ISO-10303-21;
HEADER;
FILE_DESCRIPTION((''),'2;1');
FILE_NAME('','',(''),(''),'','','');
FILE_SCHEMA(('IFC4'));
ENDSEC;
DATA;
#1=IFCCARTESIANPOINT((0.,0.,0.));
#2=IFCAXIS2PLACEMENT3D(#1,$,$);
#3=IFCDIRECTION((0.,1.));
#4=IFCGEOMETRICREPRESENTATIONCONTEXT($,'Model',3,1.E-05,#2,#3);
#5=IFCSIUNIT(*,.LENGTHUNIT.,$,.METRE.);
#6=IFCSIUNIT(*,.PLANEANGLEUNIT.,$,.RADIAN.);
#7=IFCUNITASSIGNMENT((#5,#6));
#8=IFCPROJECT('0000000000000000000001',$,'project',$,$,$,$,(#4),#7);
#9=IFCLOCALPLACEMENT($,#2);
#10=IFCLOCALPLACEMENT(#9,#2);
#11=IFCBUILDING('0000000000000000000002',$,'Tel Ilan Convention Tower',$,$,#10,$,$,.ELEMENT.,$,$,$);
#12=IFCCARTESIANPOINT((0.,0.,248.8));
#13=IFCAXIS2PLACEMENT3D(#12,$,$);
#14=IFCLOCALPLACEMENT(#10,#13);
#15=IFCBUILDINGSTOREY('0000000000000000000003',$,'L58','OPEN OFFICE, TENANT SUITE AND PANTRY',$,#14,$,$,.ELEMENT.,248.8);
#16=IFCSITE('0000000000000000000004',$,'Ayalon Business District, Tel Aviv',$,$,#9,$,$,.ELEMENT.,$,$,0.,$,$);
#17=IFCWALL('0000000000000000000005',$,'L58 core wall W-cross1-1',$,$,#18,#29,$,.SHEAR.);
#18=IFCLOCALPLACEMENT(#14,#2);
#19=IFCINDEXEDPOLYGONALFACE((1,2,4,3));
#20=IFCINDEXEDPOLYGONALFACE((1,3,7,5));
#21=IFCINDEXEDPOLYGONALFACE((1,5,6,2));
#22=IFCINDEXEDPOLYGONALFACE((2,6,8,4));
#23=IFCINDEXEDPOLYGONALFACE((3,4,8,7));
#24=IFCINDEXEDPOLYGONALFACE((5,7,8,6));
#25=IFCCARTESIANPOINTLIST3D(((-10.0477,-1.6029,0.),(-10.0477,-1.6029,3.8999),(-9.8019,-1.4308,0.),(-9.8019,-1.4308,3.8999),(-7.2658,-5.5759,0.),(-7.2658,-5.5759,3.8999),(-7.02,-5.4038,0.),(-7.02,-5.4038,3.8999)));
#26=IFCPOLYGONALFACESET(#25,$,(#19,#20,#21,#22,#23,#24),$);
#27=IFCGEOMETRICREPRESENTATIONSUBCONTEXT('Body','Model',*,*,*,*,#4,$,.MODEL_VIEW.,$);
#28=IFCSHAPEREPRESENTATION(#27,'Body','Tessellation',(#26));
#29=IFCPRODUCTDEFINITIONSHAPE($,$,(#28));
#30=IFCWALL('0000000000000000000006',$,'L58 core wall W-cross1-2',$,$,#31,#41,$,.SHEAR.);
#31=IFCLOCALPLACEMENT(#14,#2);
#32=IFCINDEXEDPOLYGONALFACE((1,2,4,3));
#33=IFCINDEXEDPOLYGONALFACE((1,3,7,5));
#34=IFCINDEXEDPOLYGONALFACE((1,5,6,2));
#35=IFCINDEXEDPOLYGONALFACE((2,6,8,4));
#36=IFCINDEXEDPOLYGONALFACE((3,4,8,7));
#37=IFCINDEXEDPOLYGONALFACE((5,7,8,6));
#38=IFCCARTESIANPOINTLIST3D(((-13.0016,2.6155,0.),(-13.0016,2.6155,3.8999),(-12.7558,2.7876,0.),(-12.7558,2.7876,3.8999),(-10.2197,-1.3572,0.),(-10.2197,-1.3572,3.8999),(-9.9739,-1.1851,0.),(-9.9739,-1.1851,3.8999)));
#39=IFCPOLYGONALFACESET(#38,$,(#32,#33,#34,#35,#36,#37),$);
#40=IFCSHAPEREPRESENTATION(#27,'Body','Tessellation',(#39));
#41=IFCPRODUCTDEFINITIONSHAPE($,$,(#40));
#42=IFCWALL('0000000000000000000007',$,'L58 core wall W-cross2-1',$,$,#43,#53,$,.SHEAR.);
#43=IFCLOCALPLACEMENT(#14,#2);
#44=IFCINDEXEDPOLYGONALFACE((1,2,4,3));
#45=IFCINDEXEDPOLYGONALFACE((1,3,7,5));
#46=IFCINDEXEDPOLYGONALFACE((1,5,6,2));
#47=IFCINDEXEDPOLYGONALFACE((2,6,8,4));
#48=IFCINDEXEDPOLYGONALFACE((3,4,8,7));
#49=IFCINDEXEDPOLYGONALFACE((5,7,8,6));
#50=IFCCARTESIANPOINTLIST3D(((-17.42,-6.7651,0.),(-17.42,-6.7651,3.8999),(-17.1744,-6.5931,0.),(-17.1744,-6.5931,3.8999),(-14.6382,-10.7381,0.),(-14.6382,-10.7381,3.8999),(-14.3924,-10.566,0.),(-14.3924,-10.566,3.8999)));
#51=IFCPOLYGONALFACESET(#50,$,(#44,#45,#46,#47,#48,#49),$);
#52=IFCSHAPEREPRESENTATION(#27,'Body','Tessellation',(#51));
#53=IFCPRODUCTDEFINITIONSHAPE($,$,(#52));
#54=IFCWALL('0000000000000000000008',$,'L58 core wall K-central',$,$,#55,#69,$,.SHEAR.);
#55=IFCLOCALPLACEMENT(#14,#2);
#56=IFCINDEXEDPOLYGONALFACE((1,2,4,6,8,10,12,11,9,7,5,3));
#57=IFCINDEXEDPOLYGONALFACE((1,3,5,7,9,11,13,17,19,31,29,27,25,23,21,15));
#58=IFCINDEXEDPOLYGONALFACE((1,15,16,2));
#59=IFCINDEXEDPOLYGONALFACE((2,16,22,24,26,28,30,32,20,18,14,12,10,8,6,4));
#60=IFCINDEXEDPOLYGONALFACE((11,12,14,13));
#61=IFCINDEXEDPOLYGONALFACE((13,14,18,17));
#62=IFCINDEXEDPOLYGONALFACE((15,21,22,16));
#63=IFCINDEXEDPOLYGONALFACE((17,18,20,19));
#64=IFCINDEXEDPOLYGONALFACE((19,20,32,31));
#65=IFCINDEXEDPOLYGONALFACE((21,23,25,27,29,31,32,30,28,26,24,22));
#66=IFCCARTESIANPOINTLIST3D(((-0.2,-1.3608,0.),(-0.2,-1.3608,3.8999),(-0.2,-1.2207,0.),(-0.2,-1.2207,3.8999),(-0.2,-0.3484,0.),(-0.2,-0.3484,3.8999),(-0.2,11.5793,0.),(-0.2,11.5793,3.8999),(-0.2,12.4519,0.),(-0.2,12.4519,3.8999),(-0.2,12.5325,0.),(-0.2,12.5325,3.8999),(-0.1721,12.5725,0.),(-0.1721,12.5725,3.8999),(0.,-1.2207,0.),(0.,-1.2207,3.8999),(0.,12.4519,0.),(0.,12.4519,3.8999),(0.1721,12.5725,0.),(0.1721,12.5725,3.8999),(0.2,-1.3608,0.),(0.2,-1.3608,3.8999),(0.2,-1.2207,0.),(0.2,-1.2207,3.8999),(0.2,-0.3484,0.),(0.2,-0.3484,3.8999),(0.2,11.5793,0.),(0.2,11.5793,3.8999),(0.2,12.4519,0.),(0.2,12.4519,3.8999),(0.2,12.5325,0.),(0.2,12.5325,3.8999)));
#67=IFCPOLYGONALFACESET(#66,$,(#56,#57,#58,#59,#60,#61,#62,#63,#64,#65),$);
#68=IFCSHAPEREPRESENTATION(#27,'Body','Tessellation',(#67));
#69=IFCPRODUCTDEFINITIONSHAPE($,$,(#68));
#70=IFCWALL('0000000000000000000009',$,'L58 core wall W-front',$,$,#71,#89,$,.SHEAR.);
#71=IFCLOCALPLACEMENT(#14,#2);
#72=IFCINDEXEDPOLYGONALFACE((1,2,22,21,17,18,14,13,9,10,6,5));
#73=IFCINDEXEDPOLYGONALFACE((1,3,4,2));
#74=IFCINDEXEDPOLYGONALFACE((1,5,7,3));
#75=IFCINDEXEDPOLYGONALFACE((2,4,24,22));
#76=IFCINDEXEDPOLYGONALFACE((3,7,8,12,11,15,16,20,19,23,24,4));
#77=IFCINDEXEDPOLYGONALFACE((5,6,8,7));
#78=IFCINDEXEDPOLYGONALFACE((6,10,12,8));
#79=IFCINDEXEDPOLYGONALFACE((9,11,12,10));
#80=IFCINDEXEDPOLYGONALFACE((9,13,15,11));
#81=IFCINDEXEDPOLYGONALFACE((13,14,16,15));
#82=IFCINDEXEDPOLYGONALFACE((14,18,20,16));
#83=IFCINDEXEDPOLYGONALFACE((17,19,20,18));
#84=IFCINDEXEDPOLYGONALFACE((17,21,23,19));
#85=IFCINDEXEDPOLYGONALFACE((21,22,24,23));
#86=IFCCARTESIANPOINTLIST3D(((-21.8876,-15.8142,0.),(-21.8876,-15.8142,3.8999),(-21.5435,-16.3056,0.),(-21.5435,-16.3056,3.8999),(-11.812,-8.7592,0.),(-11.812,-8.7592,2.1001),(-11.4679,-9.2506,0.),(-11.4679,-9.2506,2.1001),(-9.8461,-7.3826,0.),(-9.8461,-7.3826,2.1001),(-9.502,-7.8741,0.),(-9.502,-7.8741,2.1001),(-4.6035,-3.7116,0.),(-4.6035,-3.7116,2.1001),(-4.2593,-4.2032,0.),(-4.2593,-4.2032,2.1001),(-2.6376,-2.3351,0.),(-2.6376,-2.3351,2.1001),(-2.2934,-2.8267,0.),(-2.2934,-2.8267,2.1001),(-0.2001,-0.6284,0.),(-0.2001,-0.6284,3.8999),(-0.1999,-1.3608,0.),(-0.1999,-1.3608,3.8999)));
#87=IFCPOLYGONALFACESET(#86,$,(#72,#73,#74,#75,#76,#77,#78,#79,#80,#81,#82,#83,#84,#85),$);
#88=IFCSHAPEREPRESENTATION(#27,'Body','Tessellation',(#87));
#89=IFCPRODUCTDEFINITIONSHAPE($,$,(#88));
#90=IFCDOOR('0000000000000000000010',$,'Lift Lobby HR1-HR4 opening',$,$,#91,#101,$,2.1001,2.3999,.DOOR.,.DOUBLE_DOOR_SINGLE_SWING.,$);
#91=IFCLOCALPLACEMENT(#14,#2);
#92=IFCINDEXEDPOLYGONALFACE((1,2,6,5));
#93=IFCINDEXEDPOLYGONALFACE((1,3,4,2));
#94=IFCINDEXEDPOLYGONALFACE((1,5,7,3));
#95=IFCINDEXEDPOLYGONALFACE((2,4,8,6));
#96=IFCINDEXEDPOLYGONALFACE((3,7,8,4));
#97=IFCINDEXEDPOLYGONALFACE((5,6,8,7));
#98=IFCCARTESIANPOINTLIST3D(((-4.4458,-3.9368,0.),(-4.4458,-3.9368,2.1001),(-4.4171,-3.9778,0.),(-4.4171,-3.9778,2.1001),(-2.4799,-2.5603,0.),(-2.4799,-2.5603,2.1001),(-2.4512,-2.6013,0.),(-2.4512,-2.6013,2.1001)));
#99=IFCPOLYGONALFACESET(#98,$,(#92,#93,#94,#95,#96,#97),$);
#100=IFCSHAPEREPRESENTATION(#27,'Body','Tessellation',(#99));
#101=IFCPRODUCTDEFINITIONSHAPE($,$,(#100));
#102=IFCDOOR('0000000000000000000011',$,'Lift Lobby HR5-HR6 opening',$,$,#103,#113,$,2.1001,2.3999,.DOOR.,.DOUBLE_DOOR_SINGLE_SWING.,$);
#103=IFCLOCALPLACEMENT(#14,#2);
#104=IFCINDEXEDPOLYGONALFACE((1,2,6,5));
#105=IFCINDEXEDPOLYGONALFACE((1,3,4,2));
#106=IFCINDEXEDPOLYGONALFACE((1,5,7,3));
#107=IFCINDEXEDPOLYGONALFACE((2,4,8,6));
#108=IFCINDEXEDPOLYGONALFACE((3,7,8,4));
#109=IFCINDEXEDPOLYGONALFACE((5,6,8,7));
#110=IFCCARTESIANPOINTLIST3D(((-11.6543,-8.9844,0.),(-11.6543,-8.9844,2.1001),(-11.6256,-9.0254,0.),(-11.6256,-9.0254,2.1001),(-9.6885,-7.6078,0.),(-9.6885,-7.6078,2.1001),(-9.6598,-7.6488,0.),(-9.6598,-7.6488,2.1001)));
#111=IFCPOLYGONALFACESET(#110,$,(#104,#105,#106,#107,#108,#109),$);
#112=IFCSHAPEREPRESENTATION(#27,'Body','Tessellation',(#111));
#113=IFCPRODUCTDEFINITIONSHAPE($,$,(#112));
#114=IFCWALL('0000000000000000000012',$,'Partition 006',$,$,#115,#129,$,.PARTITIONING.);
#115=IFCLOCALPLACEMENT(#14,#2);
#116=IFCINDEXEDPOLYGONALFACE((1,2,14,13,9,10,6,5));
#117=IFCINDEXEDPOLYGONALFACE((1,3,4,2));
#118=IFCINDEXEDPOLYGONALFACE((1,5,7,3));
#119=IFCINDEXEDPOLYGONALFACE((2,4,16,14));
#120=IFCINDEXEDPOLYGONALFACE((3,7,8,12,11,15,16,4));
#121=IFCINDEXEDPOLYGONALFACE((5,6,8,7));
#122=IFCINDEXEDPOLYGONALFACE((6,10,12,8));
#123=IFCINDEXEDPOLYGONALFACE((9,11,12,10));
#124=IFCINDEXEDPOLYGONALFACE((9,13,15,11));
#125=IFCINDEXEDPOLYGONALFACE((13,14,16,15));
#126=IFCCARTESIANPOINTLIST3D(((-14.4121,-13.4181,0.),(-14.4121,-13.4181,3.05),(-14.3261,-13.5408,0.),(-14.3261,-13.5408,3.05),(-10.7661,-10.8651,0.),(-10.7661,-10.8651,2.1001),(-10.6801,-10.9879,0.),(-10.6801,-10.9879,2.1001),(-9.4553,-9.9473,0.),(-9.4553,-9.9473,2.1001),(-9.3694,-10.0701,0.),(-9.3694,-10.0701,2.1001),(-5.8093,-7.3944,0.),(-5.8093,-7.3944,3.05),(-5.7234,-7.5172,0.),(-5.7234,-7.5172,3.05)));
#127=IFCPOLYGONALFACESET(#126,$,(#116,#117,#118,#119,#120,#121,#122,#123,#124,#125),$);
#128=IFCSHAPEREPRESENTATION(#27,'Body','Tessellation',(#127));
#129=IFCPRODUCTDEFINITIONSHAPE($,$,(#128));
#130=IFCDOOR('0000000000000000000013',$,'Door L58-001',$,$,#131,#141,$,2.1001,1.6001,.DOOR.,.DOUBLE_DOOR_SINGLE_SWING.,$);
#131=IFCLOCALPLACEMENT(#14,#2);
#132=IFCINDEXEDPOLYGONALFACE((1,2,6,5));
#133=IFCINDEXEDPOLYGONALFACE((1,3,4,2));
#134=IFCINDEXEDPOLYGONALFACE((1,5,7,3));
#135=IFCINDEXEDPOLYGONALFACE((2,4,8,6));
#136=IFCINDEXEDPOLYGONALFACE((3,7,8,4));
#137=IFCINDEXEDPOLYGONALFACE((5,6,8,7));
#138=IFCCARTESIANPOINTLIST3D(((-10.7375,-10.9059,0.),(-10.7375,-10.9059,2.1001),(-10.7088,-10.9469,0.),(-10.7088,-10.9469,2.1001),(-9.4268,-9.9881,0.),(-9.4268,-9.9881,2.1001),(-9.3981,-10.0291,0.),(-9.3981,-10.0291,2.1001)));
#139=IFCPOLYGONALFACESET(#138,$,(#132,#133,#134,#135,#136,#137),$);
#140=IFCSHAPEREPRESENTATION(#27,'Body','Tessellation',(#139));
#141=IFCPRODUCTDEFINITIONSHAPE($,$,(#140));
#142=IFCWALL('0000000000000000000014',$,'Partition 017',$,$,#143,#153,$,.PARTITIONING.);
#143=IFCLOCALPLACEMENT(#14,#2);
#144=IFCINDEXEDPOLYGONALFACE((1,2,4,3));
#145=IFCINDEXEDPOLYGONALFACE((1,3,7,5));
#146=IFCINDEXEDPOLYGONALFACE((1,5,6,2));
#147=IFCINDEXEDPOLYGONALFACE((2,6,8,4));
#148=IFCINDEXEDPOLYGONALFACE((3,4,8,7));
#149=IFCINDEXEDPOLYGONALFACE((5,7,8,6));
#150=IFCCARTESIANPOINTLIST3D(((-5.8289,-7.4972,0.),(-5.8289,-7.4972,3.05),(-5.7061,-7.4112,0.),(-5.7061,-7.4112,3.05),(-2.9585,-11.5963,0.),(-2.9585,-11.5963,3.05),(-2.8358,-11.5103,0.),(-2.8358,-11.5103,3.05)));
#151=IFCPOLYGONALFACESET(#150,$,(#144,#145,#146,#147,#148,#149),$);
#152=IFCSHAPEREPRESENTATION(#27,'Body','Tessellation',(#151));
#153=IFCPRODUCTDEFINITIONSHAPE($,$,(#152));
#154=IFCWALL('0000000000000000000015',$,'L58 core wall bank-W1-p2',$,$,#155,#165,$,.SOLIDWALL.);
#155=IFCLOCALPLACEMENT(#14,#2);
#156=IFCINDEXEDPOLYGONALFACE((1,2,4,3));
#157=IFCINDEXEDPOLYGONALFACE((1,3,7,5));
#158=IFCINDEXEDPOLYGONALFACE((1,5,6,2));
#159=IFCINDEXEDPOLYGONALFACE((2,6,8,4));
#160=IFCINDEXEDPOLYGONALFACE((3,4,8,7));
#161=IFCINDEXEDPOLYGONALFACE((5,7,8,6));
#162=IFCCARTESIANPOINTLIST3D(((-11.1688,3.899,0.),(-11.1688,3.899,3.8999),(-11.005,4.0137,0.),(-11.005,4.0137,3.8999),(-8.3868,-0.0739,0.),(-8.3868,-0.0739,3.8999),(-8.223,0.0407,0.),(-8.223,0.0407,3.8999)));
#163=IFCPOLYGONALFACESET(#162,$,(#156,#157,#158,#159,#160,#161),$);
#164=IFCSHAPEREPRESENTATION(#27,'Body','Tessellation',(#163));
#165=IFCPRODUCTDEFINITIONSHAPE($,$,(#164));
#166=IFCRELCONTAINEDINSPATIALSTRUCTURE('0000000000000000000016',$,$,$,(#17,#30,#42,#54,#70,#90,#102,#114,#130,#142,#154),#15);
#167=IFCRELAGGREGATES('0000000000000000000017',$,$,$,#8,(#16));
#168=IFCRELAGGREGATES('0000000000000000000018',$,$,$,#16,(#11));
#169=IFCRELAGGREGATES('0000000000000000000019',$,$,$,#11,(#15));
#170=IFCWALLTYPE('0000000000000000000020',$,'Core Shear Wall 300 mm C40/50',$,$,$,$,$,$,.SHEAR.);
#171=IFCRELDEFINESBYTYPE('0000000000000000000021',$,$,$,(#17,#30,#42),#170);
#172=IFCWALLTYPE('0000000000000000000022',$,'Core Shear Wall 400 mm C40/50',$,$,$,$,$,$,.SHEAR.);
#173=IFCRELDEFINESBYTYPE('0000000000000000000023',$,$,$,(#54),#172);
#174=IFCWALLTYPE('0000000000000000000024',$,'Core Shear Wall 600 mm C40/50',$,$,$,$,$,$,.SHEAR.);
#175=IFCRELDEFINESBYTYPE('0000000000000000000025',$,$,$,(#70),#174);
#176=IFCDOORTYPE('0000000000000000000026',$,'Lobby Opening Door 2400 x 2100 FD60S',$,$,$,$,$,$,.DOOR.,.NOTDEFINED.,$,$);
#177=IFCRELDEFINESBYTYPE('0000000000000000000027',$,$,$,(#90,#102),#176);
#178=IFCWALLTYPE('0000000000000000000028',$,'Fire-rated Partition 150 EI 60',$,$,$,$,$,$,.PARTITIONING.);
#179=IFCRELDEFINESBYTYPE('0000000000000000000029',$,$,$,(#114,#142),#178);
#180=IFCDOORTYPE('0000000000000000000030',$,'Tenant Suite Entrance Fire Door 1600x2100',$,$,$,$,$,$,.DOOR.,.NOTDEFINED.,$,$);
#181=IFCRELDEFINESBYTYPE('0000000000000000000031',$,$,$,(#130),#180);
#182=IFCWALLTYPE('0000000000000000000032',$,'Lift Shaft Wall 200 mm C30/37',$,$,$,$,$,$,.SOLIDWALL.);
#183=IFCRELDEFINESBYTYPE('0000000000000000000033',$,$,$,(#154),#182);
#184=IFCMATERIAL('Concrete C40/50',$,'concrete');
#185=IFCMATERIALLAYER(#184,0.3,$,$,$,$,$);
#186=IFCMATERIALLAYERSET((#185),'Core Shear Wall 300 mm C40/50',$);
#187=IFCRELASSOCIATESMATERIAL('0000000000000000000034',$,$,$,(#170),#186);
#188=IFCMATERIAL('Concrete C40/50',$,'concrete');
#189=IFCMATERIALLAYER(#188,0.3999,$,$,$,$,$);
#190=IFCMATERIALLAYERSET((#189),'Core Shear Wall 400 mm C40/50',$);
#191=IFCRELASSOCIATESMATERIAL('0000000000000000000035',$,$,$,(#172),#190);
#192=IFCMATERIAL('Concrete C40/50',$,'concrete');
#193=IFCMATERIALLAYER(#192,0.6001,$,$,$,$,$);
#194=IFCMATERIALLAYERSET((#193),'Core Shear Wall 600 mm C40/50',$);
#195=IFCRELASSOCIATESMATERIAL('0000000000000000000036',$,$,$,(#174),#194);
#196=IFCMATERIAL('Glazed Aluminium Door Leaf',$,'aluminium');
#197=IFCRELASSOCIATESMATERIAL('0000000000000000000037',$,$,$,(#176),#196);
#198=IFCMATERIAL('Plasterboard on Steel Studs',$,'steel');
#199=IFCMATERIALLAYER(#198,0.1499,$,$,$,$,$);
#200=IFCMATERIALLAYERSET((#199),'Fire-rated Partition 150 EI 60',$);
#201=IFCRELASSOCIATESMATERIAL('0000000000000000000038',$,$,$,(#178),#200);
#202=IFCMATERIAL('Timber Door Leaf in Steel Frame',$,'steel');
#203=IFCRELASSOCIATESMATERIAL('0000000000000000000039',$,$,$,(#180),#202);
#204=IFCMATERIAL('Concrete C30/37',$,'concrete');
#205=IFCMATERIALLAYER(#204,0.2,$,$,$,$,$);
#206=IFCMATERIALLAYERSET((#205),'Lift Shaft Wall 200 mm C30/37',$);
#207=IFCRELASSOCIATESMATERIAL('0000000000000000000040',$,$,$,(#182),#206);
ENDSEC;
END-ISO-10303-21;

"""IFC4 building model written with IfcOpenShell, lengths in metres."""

from ifc_helpers import new_model, si_unit, direction, frame, frame_2d, origin, place, context, subcontext, project, spatial, polyline, rectangle, outline, extrude, material, layer, layer_set, type_object, element, fill, save


model = new_model("IFC4")

# Units and contexts
model_context = context("Model", 3, precision=1e-05, world=origin(), true_north=direction((0.0, 1.0)))
body_context = subcontext(model_context, "Body", "Model", "MODEL_VIEW")
ifc_project = project(units=[si_unit("LENGTHUNIT", "METRE"), si_unit("PLANEANGLEUNIT", "RADIAN")], contexts=[model_context])

# Site, building, storey
site_placement = place(None, origin())
site = spatial("IfcSite", under=ifc_project, at=site_placement, Name="Ayalon Business District, Tel Aviv", CompositionType="ELEMENT", RefElevation=0.0)
building_placement = place(site_placement, origin())
building = spatial("IfcBuilding", under=site, at=building_placement, Name="Tel Ilan Convention Tower", CompositionType="ELEMENT")
storey_placement = place(building_placement, frame((0.0, 0.0, 248.8)))
storey = spatial("IfcBuildingStorey", under=building, at=storey_placement, Name="L58", Description="OPEN OFFICE, TENANT SUITE AND PANTRY", CompositionType="ELEMENT", Elevation=248.8)

# Walls
ifc_material_1 = material(Name="Concrete C40/50", Category="concrete")
ifc_layer_1 = layer(ifc_material_1, 0.3)
ifc_layer_set_1 = layer_set([ifc_layer_1], Name="Core Shear Wall 300 mm C40/50")
wall_type_1 = type_object("IfcWallType", Name="Core Shear Wall 300 mm C40/50", PredefinedType="SHEAR", material=ifc_layer_set_1)
wall_1_placement = place(storey_placement, frame((-7.1428, -5.4897, 0.0), z_axis=(0.0, 0.0, 1.0), x_axis=(-0.573618, 0.819123, 0.0)))
element("IfcWall", 1, at=wall_1_placement, inside=storey, type_object=wall_type_1, Name="L58 core wall W-cross1-1", PredefinedType="SHEAR", context=body_context, shape_type="SweptSolid", body=[
    extrude(outline(polyline([(4.8501, 0.1499), (0.0, 0.1501), (0.0, -0.1499), (4.8501, -0.1501), (4.8501, 0.1499)])), origin(), (0.0, 0.0, 1.0), 3.8999),
])
wall_2_placement = place(storey_placement, frame((-10.0969, -1.2712, 0.0), z_axis=(0.0, 0.0, 1.0), x_axis=(-0.57356, 0.819163, 0.0)))
element("IfcWall", 2, at=wall_2_placement, inside=storey, type_object=wall_type_1, Name="L58 core wall W-cross1-2", PredefinedType="SHEAR", context=body_context, shape_type="SweptSolid", body=[
    extrude(outline(polyline([(4.8499, -0.1499), (4.8499, 0.1501), (0.0, 0.1499), (0.0, -0.1501), (4.8499, -0.1499)])), origin(), (0.0, 0.0, 1.0), 3.8999),
])
wall_3_placement = place(storey_placement, frame((-14.5154, -10.6521, 0.0), z_axis=(0.0, 0.0, 1.0), x_axis=(-0.57356, 0.819163, 0.0)))
element("IfcWall", 3, at=wall_3_placement, inside=storey, type_object=wall_type_1, Name="L58 core wall W-cross2-1", PredefinedType="SHEAR", context=body_context, shape_type="SweptSolid", body=[
    extrude(outline(polyline([(4.8501, 0.1499), (0.0, 0.1499), (0.0, -0.1501), (4.8501, -0.1499), (4.8501, 0.1499)])), origin(), (0.0, 0.0, 1.0), 3.8999),
])
ifc_material_2 = material(Name="Concrete C40/50", Category="concrete")
ifc_layer_2 = layer(ifc_material_2, 0.3999)
ifc_layer_set_2 = layer_set([ifc_layer_2], Name="Core Shear Wall 400 mm C40/50")
wall_type_2 = type_object("IfcWallType", Name="Core Shear Wall 400 mm C40/50", PredefinedType="SHEAR", material=ifc_layer_set_2)
wall_4_placement = place(storey_placement, frame((0.0, -1.3608, 0.0), z_axis=(0.0, 0.0, 1.0), x_axis=(0.0, 1.0, 0.0)))
element("IfcWall", 4, at=wall_4_placement, inside=storey, type_object=wall_type_2, Name="L58 core wall K-central", PredefinedType="SHEAR", context=body_context, shape_type="SweptSolid", body=[
    extrude(outline(polyline([(0.1401, 0.2), (0.0, 0.2), (0.1401, 0.0), (0.0, -0.2), (0.1401, -0.2), (1.0125, -0.2), (12.9402, -0.2), (13.8127, -0.2), (13.8933, -0.2), (13.9333, -0.1721), (13.8127, 0.0), (13.9333, 0.1721), (13.8933, 0.2), (13.8127, 0.2), (12.9402, 0.2), (1.0125, 0.2), (0.1401, 0.2)])), origin(), (0.0, 0.0, 1.0), 3.8999),
])

# Wall, openings, doors
ifc_material_3 = material(Name="Concrete C40/50", Category="concrete")
ifc_layer_3 = layer(ifc_material_3, 0.6001)
ifc_layer_set_3 = layer_set([ifc_layer_3], Name="Core Shear Wall 600 mm C40/50")
wall_type_3 = type_object("IfcWallType", Name="Core Shear Wall 600 mm C40/50", PredefinedType="SHEAR", material=ifc_layer_set_3)
wall_5_placement = place(storey_placement, frame((-0.0278, -0.874, 0.0), z_axis=(0.0, 0.0, 1.0), x_axis=(-0.81915, -0.573579, 0.0)))
wall_5 = element("IfcWall", 5, at=wall_5_placement, inside=storey, type_object=wall_type_3, Name="L58 core wall W-front", PredefinedType="SHEAR", context=body_context, shape_type="SweptSolid", body=[
    extrude(outline(polyline([(26.4758, 0.2998), (0.4202, 0.3), (0.0002, -0.3), (26.4758, -0.3), (26.4758, 0.2998)])), origin(), (0.0, 0.0, 1.0), 3.8999),
])
opening_1_placement = place(wall_5_placement, frame((2.9758, 0.0, 0.0)))
opening_1 = element("IfcOpeningElement", 6, at=opening_1_placement, cuts=wall_5, PredefinedType="OPENING", context=body_context, shape_type="SweptSolid", body=[
    extrude(rectangle(XDim=2.3999, YDim=2.1001, at=frame_2d((1.2, 1.05))), frame((0.0, 0.3101, 0.0), z_axis=(0.0, -1.0, 0.0), x_axis=(1.0, 0.0, 0.0)), (0.0, 0.0, 1.0), 0.6201),
])
opening_2_placement = place(wall_5_placement, frame((11.7759, 0.0, 0.0)))
opening_2 = element("IfcOpeningElement", 7, at=opening_2_placement, cuts=wall_5, PredefinedType="OPENING", context=body_context, shape_type="SweptSolid", body=[
    extrude(rectangle(XDim=2.3999, YDim=2.1001, at=frame_2d((1.2, 1.05))), frame((0.0, 0.3101, 0.0), z_axis=(0.0, -1.0, 0.0), x_axis=(1.0, 0.0, 0.0)), (0.0, 0.0, 1.0), 0.6201),
])
ifc_material_4 = material(Name="Glazed Aluminium Door Leaf", Category="aluminium")
door_type_1 = type_object("IfcDoorType", Name="Lobby Opening Door 2400 x 2100 FD60S", OperationType="NOTDEFINED", PredefinedType="DOOR", material=ifc_material_4)
door_1_placement = place(opening_1_placement, origin())
door_1 = element("IfcDoor", 8, at=door_1_placement, inside=storey, type_object=door_type_1, Name="Lift Lobby HR1-HR4 opening", OperationType="DOUBLE_DOOR_SINGLE_SWING", OverallHeight=2.1001, OverallWidth=2.3999, PredefinedType="DOOR", context=body_context, shape_type="SweptSolid", body=[
    extrude(rectangle(XDim=2.3999, YDim=2.1001, at=frame_2d((1.2, 1.05))), frame((0.0, 0.0249, 0.0), z_axis=(0.0, -1.0, 0.0), x_axis=(1.0, 0.0, 0.0)), (0.0, 0.0, 1.0), 0.05),
])
fill(opening_1, door_1)
door_2_placement = place(opening_2_placement, origin())
door_2 = element("IfcDoor", 9, at=door_2_placement, inside=storey, type_object=door_type_1, Name="Lift Lobby HR5-HR6 opening", OperationType="DOUBLE_DOOR_SINGLE_SWING", OverallHeight=2.1001, OverallWidth=2.3999, PredefinedType="DOOR", context=body_context, shape_type="SweptSolid", body=[
    extrude(rectangle(XDim=2.3999, YDim=2.1001, at=frame_2d((1.2, 1.05))), frame((0.0, 0.0249, 0.0), z_axis=(0.0, -1.0, 0.0), x_axis=(1.0, 0.0, 0.0)), (0.0, 0.0, 1.0), 0.05),
])
fill(opening_2, door_2)

# Wall, opening, door
ifc_material_5 = material(Name="Plasterboard on Steel Studs", Category="steel")
ifc_layer_4 = layer(ifc_material_5, 0.1499)
ifc_layer_set_4 = layer_set([ifc_layer_4], Name="Fire-rated Partition 150 EI 60")
wall_type_4 = type_object("IfcWallType", Name="Fire-rated Partition 150 EI 60", PredefinedType="PARTITIONING", material=ifc_layer_set_4)
wall_6_placement = place(storey_placement, frame((-5.7664, -7.4558, 0.0), z_axis=(0.0, 0.0, 1.0), x_axis=(-0.819154, -0.573573, 0.0)))
wall_6 = element("IfcWall", 10, at=wall_6_placement, inside=storey, type_object=wall_type_4, Name="Partition 006", PredefinedType="PARTITIONING", context=body_context, shape_type="SweptSolid", body=[
    extrude(rectangle(XDim=10.502, YDim=0.1499, at=frame_2d((5.251, 0.0))), origin(), (0.0, 0.0, 1.0), 3.05),
])
opening_3_placement = place(wall_6_placement, frame((4.4509, 0.0, 0.0)))
opening_3 = element("IfcOpeningElement", 11, at=opening_3_placement, cuts=wall_6, PredefinedType="OPENING", context=body_context, shape_type="SweptSolid", body=[
    extrude(rectangle(XDim=1.6001, YDim=2.1001, at=frame_2d((0.8, 1.05))), frame((0.0, 0.085, 0.0), z_axis=(0.0, -1.0, 0.0), x_axis=(1.0, 0.0, 0.0)), (0.0, 0.0, 1.0), 0.1699),
])
ifc_material_6 = material(Name="Timber Door Leaf in Steel Frame", Category="steel")
door_type_2 = type_object("IfcDoorType", Name="Tenant Suite Entrance Fire Door 1600x2100", OperationType="NOTDEFINED", PredefinedType="DOOR", material=ifc_material_6)
door_3_placement = place(opening_3_placement, origin())
door_3 = element("IfcDoor", 12, at=door_3_placement, inside=storey, type_object=door_type_2, Name="Door L58-001", OperationType="DOUBLE_DOOR_SINGLE_SWING", OverallHeight=2.1001, OverallWidth=1.6001, PredefinedType="DOOR", context=body_context, shape_type="SweptSolid", body=[
    extrude(rectangle(XDim=1.6001, YDim=2.1001, at=frame_2d((0.8, 1.05))), frame((0.0, 0.0249, 0.0), z_axis=(0.0, -1.0, 0.0), x_axis=(1.0, 0.0, 0.0)), (0.0, 0.0, 1.0), 0.05),
])
fill(opening_3, door_3)

# Walls
wall_7_placement = place(storey_placement, frame((-2.8972, -11.5532, 0.0), z_axis=(0.0, 0.0, 1.0), x_axis=(-0.573593, 0.81914, 0.0)))
element("IfcWall", 13, at=wall_7_placement, inside=storey, type_object=wall_type_4, Name="Partition 017", PredefinedType="PARTITIONING", context=body_context, shape_type="SweptSolid", body=[
    extrude(rectangle(XDim=5.0042, YDim=0.1499, at=frame_2d((2.502, 0.0))), origin(), (0.0, 0.0, 1.0), 3.05),
])
ifc_material_7 = material(Name="Concrete C30/37", Category="concrete")
ifc_layer_5 = layer(ifc_material_7, 0.2)
ifc_layer_set_5 = layer_set([ifc_layer_5], Name="Lift Shaft Wall 200 mm C30/37")
wall_type_5 = type_object("IfcWallType", Name="Lift Shaft Wall 200 mm C30/37", PredefinedType="SOLIDWALL", material=ifc_layer_set_5)
wall_8_placement = place(storey_placement, frame((-8.3049, -0.0166, 0.0), z_axis=(0.0, 0.0, 1.0), x_axis=(-0.573594, 0.81914, 0.0)))
element("IfcWall", 14, at=wall_8_placement, inside=storey, type_object=wall_type_5, Name="L58 core wall bank-W1-p2", PredefinedType="SOLIDWALL", context=body_context, shape_type="SweptSolid", body=[
    extrude(rectangle(XDim=4.8501, YDim=0.2, at=frame_2d((2.425, 0.0))), origin(), (0.0, 0.0, 1.0), 3.8999),
])

save(model, "model.ifc")
